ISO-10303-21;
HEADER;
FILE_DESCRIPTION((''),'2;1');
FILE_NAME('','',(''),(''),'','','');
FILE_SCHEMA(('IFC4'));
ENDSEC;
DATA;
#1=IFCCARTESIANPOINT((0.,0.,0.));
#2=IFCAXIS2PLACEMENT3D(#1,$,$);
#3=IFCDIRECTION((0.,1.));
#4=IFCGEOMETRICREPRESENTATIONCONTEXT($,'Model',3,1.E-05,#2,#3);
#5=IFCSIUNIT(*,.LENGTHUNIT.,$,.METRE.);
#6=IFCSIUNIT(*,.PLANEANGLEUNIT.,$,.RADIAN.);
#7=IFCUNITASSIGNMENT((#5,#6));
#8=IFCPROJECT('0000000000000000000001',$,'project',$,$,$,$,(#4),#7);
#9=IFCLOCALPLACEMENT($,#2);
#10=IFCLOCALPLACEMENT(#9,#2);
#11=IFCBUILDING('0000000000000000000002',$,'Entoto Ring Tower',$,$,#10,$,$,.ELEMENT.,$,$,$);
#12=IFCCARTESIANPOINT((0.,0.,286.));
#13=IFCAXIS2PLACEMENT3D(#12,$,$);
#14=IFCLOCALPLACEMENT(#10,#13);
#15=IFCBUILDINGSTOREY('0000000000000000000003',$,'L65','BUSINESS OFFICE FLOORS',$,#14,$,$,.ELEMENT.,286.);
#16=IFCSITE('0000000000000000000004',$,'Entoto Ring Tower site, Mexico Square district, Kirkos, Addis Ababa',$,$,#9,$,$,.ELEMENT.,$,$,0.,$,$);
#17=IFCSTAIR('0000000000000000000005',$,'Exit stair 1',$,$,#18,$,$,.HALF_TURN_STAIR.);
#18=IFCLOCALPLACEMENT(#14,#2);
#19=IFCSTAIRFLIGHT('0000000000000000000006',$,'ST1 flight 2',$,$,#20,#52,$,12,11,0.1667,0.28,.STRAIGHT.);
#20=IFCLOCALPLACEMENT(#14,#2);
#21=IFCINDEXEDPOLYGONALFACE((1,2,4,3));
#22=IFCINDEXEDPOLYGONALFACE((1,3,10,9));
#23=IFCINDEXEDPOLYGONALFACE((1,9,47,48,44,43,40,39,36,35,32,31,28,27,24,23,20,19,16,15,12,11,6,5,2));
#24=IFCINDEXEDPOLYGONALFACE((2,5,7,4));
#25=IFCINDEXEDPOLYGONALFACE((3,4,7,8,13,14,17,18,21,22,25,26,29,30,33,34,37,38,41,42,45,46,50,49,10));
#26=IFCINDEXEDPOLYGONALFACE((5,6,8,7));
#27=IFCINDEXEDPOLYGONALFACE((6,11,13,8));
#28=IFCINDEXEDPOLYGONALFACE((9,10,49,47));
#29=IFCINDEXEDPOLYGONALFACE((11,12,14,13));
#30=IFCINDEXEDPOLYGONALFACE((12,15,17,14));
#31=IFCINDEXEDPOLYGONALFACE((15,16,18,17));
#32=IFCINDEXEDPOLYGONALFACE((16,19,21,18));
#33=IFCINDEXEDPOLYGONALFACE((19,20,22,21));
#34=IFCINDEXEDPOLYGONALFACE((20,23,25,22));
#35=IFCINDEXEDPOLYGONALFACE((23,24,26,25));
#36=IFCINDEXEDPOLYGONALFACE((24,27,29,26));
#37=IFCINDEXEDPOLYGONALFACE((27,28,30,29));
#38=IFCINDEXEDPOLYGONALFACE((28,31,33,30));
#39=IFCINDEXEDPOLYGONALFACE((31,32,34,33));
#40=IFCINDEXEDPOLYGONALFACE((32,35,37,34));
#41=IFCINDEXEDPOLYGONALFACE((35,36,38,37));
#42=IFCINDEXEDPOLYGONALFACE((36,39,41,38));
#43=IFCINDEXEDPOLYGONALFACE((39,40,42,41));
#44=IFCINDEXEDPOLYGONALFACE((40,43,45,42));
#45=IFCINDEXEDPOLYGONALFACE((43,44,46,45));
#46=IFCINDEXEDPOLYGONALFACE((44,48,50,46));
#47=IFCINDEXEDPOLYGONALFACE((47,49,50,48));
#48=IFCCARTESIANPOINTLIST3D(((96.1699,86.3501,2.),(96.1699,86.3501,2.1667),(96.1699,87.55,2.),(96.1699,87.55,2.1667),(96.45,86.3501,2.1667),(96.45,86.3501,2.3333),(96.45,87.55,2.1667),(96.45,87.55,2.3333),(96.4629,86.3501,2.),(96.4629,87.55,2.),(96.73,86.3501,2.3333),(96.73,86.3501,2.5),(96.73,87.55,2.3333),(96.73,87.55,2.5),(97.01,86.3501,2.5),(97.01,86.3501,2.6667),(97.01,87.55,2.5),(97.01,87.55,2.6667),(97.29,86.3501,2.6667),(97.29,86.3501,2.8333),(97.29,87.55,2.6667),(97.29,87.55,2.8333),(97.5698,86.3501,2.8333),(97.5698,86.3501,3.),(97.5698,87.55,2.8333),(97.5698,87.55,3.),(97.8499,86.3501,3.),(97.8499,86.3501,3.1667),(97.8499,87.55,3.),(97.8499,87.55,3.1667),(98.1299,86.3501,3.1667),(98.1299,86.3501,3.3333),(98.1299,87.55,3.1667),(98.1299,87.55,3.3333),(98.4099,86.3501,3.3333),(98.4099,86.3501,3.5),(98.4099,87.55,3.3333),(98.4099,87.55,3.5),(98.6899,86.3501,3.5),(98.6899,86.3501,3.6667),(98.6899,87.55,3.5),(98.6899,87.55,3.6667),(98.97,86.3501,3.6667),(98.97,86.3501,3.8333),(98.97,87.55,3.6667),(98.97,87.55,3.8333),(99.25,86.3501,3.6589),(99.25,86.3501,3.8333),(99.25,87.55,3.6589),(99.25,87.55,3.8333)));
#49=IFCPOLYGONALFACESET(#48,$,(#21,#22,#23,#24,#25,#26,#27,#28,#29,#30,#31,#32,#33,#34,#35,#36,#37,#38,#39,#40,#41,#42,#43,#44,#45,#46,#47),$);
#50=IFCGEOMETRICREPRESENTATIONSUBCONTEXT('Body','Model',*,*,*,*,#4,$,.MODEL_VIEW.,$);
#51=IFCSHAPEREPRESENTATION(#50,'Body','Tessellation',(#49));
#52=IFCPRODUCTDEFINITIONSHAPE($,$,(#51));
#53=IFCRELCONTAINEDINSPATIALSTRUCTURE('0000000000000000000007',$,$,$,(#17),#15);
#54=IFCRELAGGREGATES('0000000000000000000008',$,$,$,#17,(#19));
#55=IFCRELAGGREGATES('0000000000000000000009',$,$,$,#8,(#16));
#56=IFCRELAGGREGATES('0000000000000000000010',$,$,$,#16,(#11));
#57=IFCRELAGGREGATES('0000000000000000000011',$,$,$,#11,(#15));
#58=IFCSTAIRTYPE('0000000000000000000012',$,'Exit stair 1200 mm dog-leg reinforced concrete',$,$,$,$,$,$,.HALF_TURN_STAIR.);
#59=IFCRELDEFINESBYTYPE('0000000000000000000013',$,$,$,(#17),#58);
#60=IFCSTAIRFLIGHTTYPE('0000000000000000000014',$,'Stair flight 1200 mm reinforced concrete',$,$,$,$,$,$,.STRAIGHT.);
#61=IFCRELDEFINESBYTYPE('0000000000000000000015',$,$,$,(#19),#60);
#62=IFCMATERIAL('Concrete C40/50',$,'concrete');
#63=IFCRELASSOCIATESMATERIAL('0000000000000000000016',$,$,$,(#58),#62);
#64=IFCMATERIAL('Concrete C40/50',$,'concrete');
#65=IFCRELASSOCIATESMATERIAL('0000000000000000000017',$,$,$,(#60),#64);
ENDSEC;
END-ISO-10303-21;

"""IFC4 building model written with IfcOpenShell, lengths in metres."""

from ifc_helpers import new_model, si_unit, direction, frame, origin, place, context, subcontext, project, spatial, polyline, outline, extrude, material, type_object, element, aggregate, save


model = new_model("IFC4")

# Units and contexts
model_context = context("Model", 3, precision=1e-05, world=origin(), true_north=direction((0.0, 1.0)))
body_context = subcontext(model_context, "Body", "Model", "MODEL_VIEW")
ifc_project = project(units=[si_unit("LENGTHUNIT", "METRE"), si_unit("PLANEANGLEUNIT", "RADIAN")], contexts=[model_context])

# Site, building, storey
site_placement = place(None, origin())
site = spatial("IfcSite", under=ifc_project, at=site_placement, Name="Entoto Ring Tower site, Mexico Square district, Kirkos, Addis Ababa", CompositionType="ELEMENT", RefElevation=0.0)
building_placement = place(site_placement, origin())
building = spatial("IfcBuilding", under=site, at=building_placement, Name="Entoto Ring Tower", CompositionType="ELEMENT")
storey_placement = place(building_placement, frame((0.0, 0.0, 286.0)))
storey = spatial("IfcBuildingStorey", under=building, at=storey_placement, Name="L65", Description="BUSINESS OFFICE FLOORS", CompositionType="ELEMENT", Elevation=286.0)

# Stair, stair flight
ifc_material_1 = material(Name="Concrete C40/50", Category="concrete")
stair_type = type_object("IfcStairType", Name="Exit stair 1200 mm dog-leg reinforced concrete", PredefinedType="HALF_TURN_STAIR", material=ifc_material_1)
stair_placement = place(storey_placement, origin())
stair = element("IfcStair", 1, at=stair_placement, inside=storey, type_object=stair_type, Name="Exit stair 1", PredefinedType="HALF_TURN_STAIR")
ifc_material_2 = material(Name="Concrete C40/50", Category="concrete")
stair_flight_type = type_object("IfcStairFlightType", Name="Stair flight 1200 mm reinforced concrete", PredefinedType="STRAIGHT", material=ifc_material_2)
stair_flight_placement = place(storey_placement, frame((96.1699, 86.95, 2.0), z_axis=(0.0, 0.0, 1.0), x_axis=(1.0, 0.0, 0.0)))
stair_flight = element("IfcStairFlight", 2, at=stair_flight_placement, type_object=stair_flight_type, Name="ST1 flight 2", NumberOfRisers=12, NumberOfTreads=11, PredefinedType="STRAIGHT", RiserHeight=0.1667, TreadLength=0.28, context=body_context, shape_type="SweptSolid", body=[
    extrude(outline(polyline([(0.0, 0.0), (0.0, 0.1667), (0.28, 0.1667), (0.28, 0.3333), (0.5601, 0.3333), (0.5601, 0.5), (0.8401, 0.5), (0.8401, 0.6667), (1.1201, 0.6667), (1.1201, 0.8333), (1.3999, 0.8333), (1.3999, 1.0), (1.6799, 1.0), (1.6799, 1.1667), (1.96, 1.1667), (1.96, 1.3333), (2.24, 1.3333), (2.24, 1.5), (2.52, 1.5), (2.52, 1.6667), (2.8, 1.6667), (2.8, 1.8333), (3.0801, 1.8333), (3.0801, 2.0), (3.0801, 1.6589), (0.293, 0.0), (0.0, 0.0)])), frame((0.0, 0.6001, 0.0), z_axis=(0.0, -1.0, 0.0), x_axis=(1.0, 0.0, 0.0)), (0.0, 0.0, 1.0), 1.2),
])
aggregate(stair, [stair_flight])

save(model, "model.ifc")
